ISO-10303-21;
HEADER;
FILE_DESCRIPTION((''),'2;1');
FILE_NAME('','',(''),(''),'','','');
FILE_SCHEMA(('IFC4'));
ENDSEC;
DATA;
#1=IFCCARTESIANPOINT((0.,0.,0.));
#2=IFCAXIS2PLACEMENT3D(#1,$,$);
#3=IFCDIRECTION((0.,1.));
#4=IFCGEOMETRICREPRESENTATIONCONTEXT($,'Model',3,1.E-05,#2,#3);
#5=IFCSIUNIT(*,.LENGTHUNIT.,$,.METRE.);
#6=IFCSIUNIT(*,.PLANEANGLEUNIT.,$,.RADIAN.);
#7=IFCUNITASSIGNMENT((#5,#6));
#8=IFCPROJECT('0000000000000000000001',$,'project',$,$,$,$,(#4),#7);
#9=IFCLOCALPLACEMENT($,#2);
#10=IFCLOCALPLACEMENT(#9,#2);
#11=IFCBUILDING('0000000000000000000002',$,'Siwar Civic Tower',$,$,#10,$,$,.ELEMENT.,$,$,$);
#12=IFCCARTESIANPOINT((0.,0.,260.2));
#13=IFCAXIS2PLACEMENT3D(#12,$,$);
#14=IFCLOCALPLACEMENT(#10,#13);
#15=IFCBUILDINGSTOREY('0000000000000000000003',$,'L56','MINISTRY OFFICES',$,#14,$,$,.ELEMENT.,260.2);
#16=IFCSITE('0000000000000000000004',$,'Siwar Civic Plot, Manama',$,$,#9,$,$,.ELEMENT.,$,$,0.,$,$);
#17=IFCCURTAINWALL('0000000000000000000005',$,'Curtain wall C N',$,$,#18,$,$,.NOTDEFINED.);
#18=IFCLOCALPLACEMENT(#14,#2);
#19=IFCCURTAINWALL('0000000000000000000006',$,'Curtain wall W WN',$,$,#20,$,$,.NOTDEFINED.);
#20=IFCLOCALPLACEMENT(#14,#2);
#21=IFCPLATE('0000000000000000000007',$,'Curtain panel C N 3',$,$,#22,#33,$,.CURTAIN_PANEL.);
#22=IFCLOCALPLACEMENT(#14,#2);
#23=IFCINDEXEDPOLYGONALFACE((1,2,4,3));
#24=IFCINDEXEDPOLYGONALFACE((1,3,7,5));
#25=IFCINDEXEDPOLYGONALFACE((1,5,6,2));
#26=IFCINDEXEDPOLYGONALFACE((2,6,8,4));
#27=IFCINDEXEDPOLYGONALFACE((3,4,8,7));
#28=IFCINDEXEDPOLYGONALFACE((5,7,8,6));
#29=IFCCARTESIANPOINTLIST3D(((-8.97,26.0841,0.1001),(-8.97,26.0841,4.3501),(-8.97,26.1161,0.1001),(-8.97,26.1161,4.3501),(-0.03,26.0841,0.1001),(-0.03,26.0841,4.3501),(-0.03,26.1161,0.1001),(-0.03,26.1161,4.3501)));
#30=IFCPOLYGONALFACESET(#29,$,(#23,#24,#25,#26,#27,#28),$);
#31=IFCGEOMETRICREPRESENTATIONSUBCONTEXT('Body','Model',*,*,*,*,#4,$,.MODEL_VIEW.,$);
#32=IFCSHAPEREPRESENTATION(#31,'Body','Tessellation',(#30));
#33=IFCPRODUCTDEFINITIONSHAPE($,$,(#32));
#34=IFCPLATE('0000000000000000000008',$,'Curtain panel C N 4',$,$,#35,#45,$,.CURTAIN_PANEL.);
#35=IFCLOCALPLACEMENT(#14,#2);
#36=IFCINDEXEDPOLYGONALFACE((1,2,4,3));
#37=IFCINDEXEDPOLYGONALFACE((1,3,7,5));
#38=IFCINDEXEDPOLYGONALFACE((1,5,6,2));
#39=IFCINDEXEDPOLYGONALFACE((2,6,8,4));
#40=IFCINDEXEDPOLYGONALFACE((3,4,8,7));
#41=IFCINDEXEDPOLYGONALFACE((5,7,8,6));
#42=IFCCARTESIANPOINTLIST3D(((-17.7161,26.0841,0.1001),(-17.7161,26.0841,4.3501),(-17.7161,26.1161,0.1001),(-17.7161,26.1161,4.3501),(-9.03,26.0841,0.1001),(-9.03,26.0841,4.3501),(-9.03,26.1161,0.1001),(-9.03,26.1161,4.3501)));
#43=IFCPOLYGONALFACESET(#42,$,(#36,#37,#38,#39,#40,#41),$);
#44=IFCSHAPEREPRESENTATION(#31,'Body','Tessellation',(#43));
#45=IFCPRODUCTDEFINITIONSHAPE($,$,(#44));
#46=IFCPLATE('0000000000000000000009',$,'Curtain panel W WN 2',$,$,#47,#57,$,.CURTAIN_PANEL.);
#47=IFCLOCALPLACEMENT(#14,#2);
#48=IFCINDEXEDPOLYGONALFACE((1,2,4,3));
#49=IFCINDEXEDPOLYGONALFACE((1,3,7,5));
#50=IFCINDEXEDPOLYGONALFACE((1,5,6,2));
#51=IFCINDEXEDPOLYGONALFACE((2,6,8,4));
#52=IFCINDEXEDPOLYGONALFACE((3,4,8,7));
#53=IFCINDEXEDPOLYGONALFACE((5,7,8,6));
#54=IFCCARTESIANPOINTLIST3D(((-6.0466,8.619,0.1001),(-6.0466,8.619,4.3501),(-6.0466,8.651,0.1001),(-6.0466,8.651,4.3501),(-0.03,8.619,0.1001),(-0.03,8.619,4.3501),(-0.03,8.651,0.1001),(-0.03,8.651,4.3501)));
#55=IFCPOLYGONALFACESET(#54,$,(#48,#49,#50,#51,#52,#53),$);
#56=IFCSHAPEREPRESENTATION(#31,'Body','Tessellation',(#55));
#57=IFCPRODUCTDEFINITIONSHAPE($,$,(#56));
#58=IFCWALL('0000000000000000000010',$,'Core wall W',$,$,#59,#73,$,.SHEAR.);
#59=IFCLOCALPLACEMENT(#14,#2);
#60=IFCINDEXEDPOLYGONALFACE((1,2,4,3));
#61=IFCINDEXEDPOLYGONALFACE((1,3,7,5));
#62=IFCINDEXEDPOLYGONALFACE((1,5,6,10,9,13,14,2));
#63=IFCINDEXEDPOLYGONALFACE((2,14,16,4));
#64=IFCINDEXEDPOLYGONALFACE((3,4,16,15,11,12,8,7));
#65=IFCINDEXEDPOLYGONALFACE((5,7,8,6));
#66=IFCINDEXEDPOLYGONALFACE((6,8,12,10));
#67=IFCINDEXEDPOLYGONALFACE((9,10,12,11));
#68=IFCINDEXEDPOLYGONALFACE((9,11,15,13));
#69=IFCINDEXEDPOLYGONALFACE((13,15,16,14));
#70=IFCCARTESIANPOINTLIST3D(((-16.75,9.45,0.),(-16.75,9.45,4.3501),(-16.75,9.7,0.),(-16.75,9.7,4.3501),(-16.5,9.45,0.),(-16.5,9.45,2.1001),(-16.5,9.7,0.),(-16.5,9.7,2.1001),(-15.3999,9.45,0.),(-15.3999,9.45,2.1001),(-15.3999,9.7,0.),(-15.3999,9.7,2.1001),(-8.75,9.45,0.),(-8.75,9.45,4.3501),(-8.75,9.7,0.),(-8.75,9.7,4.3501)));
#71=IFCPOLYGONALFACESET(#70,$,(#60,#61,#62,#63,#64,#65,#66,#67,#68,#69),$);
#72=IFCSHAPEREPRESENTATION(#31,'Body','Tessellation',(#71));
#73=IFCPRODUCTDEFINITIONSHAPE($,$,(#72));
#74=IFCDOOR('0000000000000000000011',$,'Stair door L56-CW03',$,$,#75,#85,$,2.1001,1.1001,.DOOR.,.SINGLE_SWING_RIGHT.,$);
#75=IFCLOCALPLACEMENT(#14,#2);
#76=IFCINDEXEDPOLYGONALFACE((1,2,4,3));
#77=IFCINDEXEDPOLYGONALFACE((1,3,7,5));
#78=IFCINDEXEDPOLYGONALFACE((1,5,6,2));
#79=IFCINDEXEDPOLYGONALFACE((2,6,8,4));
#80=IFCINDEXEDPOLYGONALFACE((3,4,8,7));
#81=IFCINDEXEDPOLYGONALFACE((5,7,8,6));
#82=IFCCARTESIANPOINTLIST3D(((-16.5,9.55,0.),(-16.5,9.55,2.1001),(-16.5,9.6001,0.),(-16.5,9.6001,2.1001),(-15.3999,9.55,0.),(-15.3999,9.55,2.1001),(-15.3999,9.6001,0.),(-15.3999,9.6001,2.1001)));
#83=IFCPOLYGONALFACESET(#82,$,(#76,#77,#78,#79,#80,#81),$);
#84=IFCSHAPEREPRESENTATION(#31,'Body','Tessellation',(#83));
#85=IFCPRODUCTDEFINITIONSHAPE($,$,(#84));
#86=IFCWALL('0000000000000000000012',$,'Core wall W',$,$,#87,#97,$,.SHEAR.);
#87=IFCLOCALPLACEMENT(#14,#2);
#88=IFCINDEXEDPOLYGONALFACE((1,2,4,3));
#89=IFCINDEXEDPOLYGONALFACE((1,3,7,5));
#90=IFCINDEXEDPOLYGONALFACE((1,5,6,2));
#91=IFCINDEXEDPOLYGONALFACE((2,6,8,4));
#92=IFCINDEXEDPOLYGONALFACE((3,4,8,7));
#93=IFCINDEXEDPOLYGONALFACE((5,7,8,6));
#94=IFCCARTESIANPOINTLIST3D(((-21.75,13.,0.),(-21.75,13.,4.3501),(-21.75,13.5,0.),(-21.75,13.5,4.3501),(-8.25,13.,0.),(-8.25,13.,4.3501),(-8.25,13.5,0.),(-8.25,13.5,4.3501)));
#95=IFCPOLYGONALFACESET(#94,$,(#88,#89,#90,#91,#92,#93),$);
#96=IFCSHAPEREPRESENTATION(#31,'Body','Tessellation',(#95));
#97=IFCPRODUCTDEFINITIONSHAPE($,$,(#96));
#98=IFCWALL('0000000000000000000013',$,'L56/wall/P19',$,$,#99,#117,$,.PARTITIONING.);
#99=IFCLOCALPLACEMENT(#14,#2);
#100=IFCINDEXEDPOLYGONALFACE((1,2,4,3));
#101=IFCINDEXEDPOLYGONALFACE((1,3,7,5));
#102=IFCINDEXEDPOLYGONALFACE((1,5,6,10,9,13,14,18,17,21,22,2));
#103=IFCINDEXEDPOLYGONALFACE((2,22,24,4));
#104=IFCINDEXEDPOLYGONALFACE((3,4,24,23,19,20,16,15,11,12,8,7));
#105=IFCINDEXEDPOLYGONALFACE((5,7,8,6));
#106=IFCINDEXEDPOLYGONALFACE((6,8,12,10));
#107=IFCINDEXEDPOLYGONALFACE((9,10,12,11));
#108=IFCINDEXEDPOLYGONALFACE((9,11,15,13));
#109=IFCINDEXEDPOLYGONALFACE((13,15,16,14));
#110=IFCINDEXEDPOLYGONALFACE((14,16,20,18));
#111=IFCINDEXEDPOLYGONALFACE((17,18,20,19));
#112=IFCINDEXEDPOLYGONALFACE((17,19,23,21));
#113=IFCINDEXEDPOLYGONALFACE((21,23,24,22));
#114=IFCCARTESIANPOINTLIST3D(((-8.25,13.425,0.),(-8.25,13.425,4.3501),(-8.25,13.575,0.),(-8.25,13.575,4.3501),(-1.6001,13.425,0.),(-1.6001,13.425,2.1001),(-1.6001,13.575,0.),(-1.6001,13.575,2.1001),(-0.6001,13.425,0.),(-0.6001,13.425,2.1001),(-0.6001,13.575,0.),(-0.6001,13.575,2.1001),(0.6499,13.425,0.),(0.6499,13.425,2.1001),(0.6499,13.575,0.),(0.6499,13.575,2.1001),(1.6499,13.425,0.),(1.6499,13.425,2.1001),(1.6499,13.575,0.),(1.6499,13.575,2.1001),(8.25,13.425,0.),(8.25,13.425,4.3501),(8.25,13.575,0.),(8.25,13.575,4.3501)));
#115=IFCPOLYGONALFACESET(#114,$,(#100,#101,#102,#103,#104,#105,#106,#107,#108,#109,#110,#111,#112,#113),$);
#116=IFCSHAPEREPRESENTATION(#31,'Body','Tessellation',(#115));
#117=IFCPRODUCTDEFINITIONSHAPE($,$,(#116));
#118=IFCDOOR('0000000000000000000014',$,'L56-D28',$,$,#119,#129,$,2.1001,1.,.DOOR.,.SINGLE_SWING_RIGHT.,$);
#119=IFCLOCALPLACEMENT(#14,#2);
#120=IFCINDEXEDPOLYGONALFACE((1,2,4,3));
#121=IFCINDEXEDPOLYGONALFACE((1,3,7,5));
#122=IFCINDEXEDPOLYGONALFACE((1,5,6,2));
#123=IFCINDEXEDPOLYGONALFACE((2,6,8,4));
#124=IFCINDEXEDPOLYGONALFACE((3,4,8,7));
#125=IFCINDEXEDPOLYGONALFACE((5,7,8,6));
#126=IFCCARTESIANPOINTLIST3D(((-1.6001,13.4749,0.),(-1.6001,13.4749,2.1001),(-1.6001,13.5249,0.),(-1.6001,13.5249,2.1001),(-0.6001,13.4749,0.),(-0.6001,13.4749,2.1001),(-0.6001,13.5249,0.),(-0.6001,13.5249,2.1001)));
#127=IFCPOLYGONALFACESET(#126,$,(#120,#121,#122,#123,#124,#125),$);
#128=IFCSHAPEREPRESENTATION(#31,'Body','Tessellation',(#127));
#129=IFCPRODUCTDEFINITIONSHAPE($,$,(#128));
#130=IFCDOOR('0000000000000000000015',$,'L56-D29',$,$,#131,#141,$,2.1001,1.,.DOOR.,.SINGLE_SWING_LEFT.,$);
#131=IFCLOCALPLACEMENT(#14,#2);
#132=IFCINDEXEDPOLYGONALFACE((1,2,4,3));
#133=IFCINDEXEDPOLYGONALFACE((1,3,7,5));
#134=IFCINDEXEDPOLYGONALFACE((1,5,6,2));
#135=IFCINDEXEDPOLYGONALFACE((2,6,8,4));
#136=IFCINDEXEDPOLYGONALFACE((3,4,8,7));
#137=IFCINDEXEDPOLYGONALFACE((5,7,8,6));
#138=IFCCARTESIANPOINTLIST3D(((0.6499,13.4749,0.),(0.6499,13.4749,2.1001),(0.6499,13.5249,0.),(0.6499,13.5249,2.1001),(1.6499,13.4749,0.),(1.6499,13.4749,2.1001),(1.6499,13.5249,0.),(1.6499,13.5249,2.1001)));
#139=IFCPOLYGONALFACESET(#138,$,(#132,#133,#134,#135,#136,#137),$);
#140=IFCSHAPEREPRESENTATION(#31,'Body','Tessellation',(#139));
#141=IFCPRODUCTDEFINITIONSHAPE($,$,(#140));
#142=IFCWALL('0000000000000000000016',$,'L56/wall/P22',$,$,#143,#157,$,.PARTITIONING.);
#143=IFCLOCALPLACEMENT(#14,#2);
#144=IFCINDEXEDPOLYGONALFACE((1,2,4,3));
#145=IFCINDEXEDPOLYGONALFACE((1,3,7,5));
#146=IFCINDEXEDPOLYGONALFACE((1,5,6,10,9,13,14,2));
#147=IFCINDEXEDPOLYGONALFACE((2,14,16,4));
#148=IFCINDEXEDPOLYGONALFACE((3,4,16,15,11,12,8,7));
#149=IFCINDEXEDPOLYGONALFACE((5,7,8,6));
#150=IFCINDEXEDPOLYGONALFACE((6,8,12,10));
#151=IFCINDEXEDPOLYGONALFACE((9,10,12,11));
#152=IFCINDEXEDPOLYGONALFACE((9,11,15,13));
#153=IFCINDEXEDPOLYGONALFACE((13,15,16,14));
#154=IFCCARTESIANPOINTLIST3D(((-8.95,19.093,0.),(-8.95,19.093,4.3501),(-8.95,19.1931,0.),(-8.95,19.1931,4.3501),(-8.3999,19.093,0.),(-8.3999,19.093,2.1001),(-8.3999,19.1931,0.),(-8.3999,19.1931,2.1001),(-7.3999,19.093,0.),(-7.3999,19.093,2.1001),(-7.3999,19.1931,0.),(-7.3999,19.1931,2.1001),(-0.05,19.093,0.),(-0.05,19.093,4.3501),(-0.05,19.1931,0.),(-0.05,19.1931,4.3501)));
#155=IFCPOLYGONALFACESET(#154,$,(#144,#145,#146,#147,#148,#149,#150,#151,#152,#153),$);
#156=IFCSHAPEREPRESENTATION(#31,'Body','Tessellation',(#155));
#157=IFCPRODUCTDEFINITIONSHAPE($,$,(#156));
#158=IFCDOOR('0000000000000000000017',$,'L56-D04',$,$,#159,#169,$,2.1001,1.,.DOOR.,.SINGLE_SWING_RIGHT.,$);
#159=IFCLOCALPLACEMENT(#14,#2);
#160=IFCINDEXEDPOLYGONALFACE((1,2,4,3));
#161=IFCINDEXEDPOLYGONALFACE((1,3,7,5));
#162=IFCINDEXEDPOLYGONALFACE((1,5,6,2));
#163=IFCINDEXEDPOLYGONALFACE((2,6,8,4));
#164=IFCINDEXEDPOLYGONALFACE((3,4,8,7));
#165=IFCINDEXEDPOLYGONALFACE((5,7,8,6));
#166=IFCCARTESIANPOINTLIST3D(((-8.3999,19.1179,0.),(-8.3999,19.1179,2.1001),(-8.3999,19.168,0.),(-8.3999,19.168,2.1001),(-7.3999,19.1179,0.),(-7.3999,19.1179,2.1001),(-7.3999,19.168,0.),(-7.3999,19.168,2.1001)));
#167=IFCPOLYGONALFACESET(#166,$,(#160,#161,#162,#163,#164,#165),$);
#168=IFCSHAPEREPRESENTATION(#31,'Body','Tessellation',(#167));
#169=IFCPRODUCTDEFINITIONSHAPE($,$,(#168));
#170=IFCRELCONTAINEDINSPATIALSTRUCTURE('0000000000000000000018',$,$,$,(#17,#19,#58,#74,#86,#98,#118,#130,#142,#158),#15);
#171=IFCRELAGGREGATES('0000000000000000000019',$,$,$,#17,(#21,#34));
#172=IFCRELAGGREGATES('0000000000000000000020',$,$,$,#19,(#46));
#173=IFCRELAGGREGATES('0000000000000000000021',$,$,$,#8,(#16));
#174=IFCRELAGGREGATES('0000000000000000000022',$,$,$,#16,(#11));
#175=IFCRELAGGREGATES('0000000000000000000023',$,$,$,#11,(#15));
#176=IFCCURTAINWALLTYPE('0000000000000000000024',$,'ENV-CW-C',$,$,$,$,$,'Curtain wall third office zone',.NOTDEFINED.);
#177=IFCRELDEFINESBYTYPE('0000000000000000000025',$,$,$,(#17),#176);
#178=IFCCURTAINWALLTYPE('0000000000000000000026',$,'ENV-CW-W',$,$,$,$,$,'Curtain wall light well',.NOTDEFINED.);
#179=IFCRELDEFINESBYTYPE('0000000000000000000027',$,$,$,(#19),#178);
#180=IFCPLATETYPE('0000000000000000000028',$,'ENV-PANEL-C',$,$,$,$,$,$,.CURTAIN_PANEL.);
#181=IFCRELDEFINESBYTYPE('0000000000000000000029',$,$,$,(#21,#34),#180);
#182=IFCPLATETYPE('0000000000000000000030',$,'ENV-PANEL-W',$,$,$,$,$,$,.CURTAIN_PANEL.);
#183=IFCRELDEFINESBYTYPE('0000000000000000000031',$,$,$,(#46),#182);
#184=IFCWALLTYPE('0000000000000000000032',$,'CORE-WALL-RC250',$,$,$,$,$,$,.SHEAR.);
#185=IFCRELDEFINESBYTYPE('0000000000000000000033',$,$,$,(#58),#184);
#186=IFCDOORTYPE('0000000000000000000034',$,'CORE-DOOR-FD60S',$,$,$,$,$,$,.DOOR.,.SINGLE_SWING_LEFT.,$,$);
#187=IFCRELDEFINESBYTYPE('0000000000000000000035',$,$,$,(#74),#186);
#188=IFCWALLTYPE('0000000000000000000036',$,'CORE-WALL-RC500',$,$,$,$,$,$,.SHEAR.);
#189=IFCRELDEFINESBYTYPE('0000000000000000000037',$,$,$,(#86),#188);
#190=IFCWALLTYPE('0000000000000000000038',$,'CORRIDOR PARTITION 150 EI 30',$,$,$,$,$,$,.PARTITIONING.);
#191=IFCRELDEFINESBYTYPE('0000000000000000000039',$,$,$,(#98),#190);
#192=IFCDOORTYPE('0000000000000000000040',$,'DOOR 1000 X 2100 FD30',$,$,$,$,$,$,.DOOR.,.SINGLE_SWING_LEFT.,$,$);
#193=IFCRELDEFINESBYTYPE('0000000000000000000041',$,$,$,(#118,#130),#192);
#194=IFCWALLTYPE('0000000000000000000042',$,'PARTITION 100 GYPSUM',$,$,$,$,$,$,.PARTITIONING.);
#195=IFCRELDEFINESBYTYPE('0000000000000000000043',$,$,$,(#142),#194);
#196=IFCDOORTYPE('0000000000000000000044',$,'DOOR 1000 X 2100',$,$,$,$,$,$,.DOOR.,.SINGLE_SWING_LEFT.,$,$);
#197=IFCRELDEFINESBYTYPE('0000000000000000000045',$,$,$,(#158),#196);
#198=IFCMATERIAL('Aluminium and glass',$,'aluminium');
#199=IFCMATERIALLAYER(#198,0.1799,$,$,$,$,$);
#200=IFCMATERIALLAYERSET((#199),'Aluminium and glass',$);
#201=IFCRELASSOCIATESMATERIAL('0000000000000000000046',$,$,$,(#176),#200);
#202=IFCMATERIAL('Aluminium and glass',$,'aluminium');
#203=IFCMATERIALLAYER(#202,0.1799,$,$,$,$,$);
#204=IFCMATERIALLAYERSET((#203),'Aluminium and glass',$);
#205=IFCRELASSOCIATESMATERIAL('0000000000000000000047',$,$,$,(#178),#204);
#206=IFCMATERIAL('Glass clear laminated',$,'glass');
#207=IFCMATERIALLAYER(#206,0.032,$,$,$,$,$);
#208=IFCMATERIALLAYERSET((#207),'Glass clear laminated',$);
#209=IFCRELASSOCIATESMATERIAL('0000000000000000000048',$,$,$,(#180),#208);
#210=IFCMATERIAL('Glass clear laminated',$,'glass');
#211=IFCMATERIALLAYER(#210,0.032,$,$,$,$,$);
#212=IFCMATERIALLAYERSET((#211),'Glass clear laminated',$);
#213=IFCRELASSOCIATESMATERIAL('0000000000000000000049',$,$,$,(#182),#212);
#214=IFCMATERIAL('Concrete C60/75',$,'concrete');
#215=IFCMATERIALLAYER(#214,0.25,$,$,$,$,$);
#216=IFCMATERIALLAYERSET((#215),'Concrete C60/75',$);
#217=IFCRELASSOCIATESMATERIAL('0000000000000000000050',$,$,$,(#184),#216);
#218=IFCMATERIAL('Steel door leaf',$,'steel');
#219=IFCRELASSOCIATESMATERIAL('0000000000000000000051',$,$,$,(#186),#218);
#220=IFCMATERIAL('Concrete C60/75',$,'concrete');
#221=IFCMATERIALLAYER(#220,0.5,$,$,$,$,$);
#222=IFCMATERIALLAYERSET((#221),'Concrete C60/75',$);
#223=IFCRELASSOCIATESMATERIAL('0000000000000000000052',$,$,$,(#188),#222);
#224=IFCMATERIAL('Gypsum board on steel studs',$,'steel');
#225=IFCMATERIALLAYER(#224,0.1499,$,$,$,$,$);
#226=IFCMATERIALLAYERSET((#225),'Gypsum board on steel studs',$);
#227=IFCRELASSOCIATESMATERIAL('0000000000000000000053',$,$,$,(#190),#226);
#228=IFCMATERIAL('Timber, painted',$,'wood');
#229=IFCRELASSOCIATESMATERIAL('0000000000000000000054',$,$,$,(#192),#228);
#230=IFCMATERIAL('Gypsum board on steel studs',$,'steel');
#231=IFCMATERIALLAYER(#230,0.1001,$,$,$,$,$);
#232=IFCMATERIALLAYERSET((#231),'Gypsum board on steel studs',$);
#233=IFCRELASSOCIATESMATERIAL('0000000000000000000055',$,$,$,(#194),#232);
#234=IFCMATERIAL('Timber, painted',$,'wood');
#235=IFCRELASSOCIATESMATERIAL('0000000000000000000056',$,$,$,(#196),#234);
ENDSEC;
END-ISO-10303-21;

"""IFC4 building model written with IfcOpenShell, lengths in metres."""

from ifc_helpers import new_model, si_unit, direction, frame, frame_2d, origin, origin_2d, place, context, subcontext, project, spatial, rectangle, extrude, material, layer, layer_set, type_object, element, fill, aggregate, save


model = new_model("IFC4")

# Units and contexts
model_context = context("Model", 3, precision=1e-05, world=origin(), true_north=direction((0.0, 1.0)))
body_context = subcontext(model_context, "Body", "Model", "MODEL_VIEW")
ifc_project = project(units=[si_unit("LENGTHUNIT", "METRE"), si_unit("PLANEANGLEUNIT", "RADIAN")], contexts=[model_context])

# Site, building, storey
site_placement = place(None, origin())
site = spatial("IfcSite", under=ifc_project, at=site_placement, Name="Siwar Civic Plot, Manama", CompositionType="ELEMENT", RefElevation=0.0)
building_placement = place(site_placement, origin())
building = spatial("IfcBuilding", under=site, at=building_placement, Name="Siwar Civic Tower", CompositionType="ELEMENT")
storey_placement = place(building_placement, frame((0.0, 0.0, 260.2)))
storey = spatial("IfcBuildingStorey", under=building, at=storey_placement, Name="L56", Description="MINISTRY OFFICES", CompositionType="ELEMENT", Elevation=260.2)

# Curtain wall
ifc_material_1 = material(Name="Aluminium and glass", Category="aluminium")
ifc_layer_1 = layer(ifc_material_1, 0.1799)
ifc_layer_set_1 = layer_set([ifc_layer_1], Name="Aluminium and glass")
curtain_wall_type_1 = type_object("IfcCurtainWallType", Name="ENV-CW-C", ElementType="Curtain wall third office zone", PredefinedType="NOTDEFINED", material=ifc_layer_set_1)
curtain_wall_1_placement = place(storey_placement, origin())
curtain_wall_1 = element("IfcCurtainWall", 1, at=curtain_wall_1_placement, inside=storey, type_object=curtain_wall_type_1, Name="Curtain wall C N", PredefinedType="NOTDEFINED")

# Curtain wall
ifc_material_2 = material(Name="Aluminium and glass", Category="aluminium")
ifc_layer_2 = layer(ifc_material_2, 0.1799)
ifc_layer_set_2 = layer_set([ifc_layer_2], Name="Aluminium and glass")
curtain_wall_type_2 = type_object("IfcCurtainWallType", Name="ENV-CW-W", ElementType="Curtain wall light well", PredefinedType="NOTDEFINED", material=ifc_layer_set_2)
curtain_wall_2_placement = place(storey_placement, origin())
curtain_wall_2 = element("IfcCurtainWall", 2, at=curtain_wall_2_placement, inside=storey, type_object=curtain_wall_type_2, Name="Curtain wall W WN", PredefinedType="NOTDEFINED")

# Plates
ifc_material_3 = material(Name="Glass clear laminated", Category="glass")
ifc_layer_3 = layer(ifc_material_3, 0.032)
ifc_layer_set_3 = layer_set([ifc_layer_3], Name="Glass clear laminated")
plate_type_1 = type_object("IfcPlateType", Name="ENV-PANEL-C", PredefinedType="CURTAIN_PANEL", material=ifc_layer_set_3)
plate_1_placement = place(storey_placement, frame((-4.5, 26.1001, 0.1001), z_axis=(0.0, 0.0, 1.0), x_axis=(-1.0, 0.0, 0.0)))
plate_1 = element("IfcPlate", 3, at=plate_1_placement, type_object=plate_type_1, Name="Curtain panel C N 3", PredefinedType="CURTAIN_PANEL", context=body_context, shape_type="SweptSolid", body=[
    extrude(rectangle(XDim=8.9399, YDim=0.032, at=origin_2d()), origin(), (0.0, 0.0, 1.0), 4.25),
])
plate_2_placement = place(storey_placement, frame((-13.373, 26.1001, 0.1001), z_axis=(0.0, 0.0, 1.0), x_axis=(-1.0, 0.0, 0.0)))
plate_2 = element("IfcPlate", 4, at=plate_2_placement, type_object=plate_type_1, Name="Curtain panel C N 4", PredefinedType="CURTAIN_PANEL", context=body_context, shape_type="SweptSolid", body=[
    extrude(rectangle(XDim=8.686, YDim=0.032, at=origin_2d()), origin(), (0.0, 0.0, 1.0), 4.25),
])
aggregate(curtain_wall_1, [plate_1, plate_2])
ifc_material_4 = material(Name="Glass clear laminated", Category="glass")
ifc_layer_4 = layer(ifc_material_4, 0.032)
ifc_layer_set_4 = layer_set([ifc_layer_4], Name="Glass clear laminated")
plate_type_2 = type_object("IfcPlateType", Name="ENV-PANEL-W", PredefinedType="CURTAIN_PANEL", material=ifc_layer_set_4)
plate_3_placement = place(storey_placement, frame((-3.0383, 8.635, 0.1001), z_axis=(0.0, 0.0, 1.0), x_axis=(-1.0, 0.0, 0.0)))
plate_3 = element("IfcPlate", 5, at=plate_3_placement, type_object=plate_type_2, Name="Curtain panel W WN 2", PredefinedType="CURTAIN_PANEL", context=body_context, shape_type="SweptSolid", body=[
    extrude(rectangle(XDim=6.0166, YDim=0.032, at=origin_2d()), origin(), (0.0, 0.0, 1.0), 4.25),
])
aggregate(curtain_wall_2, [plate_3])

# Wall, opening, door
ifc_material_5 = material(Name="Concrete C60/75", Category="concrete")
ifc_layer_5 = layer(ifc_material_5, 0.25)
ifc_layer_set_5 = layer_set([ifc_layer_5], Name="Concrete C60/75")
wall_type_1 = type_object("IfcWallType", Name="CORE-WALL-RC250", PredefinedType="SHEAR", material=ifc_layer_set_5)
wall_1_placement = place(storey_placement, frame((-8.75, 9.575, 0.0), z_axis=(0.0, 0.0, 1.0), x_axis=(-1.0, 0.0, 0.0)))
wall_1 = element("IfcWall", 6, at=wall_1_placement, inside=storey, type_object=wall_type_1, Name="Core wall W", PredefinedType="SHEAR", context=body_context, shape_type="SweptSolid", body=[
    extrude(rectangle(XDim=8.0, YDim=0.25, at=frame_2d((4.0, 0.0))), origin(), (0.0, 0.0, 1.0), 4.3501),
])
opening_1_placement = place(wall_1_placement, frame((6.6499, 0.0, 0.0)))
opening_1 = element("IfcOpeningElement", 7, at=opening_1_placement, cuts=wall_1, PredefinedType="OPENING", context=body_context, shape_type="SweptSolid", body=[
    extrude(rectangle(XDim=1.1001, YDim=2.1001, at=frame_2d((0.55, 1.05))), frame((0.0, 0.135, 0.0), z_axis=(0.0, -1.0, 0.0), x_axis=(1.0, 0.0, 0.0)), (0.0, 0.0, 1.0), 0.27),
])
ifc_material_6 = material(Name="Steel door leaf", Category="steel")
door_type_1 = type_object("IfcDoorType", Name="CORE-DOOR-FD60S", OperationType="SINGLE_SWING_LEFT", PredefinedType="DOOR", material=ifc_material_6)
door_1_placement = place(opening_1_placement, origin())
door_1 = element("IfcDoor", 8, at=door_1_placement, inside=storey, type_object=door_type_1, Name="Stair door L56-CW03", OperationType="SINGLE_SWING_RIGHT", OverallHeight=2.1001, OverallWidth=1.1001, PredefinedType="DOOR", context=body_context, shape_type="SweptSolid", body=[
    extrude(rectangle(XDim=1.1001, YDim=2.1001, at=frame_2d((0.55, 1.05))), frame((0.0, 0.0249, 0.0), z_axis=(0.0, -1.0, 0.0), x_axis=(1.0, 0.0, 0.0)), (0.0, 0.0, 1.0), 0.05),
])
fill(opening_1, door_1)

# Wall
ifc_material_7 = material(Name="Concrete C60/75", Category="concrete")
ifc_layer_6 = layer(ifc_material_7, 0.5)
ifc_layer_set_6 = layer_set([ifc_layer_6], Name="Concrete C60/75")
wall_type_2 = type_object("IfcWallType", Name="CORE-WALL-RC500", PredefinedType="SHEAR", material=ifc_layer_set_6)
wall_2_placement = place(storey_placement, frame((-8.25, 13.25, 0.0), z_axis=(0.0, 0.0, 1.0), x_axis=(-1.0, 0.0, 0.0)))
element("IfcWall", 9, at=wall_2_placement, inside=storey, type_object=wall_type_2, Name="Core wall W", PredefinedType="SHEAR", context=body_context, shape_type="SweptSolid", body=[
    extrude(rectangle(XDim=13.5, YDim=0.5, at=frame_2d((6.75, 0.0))), origin(), (0.0, 0.0, 1.0), 4.3501),
])

# Wall, openings, doors
ifc_material_8 = material(Name="Gypsum board on steel studs", Category="steel")
ifc_layer_7 = layer(ifc_material_8, 0.1499)
ifc_layer_set_7 = layer_set([ifc_layer_7], Name="Gypsum board on steel studs")
wall_type_3 = type_object("IfcWallType", Name="CORRIDOR PARTITION 150 EI 30", PredefinedType="PARTITIONING", material=ifc_layer_set_7)
wall_3_placement = place(storey_placement, frame((-8.25, 13.5, 0.0), z_axis=(0.0, 0.0, 1.0), x_axis=(1.0, 0.0, 0.0)))
wall_3 = element("IfcWall", 10, at=wall_3_placement, inside=storey, type_object=wall_type_3, Name="L56/wall/P19", PredefinedType="PARTITIONING", context=body_context, shape_type="SweptSolid", body=[
    extrude(rectangle(XDim=16.5, YDim=0.1499, at=frame_2d((8.25, 0.0))), origin(), (0.0, 0.0, 1.0), 4.3501),
])
opening_2_placement = place(wall_3_placement, frame((6.6499, 0.0, 0.0)))
opening_2 = element("IfcOpeningElement", 11, at=opening_2_placement, cuts=wall_3, PredefinedType="OPENING", context=body_context, shape_type="SweptSolid", body=[
    extrude(rectangle(XDim=1.0, YDim=2.1001, at=frame_2d((0.5, 1.05))), frame((0.0, 0.085, 0.0), z_axis=(0.0, -1.0, 0.0), x_axis=(1.0, 0.0, 0.0)), (0.0, 0.0, 1.0), 0.1699),
])
opening_3_placement = place(wall_3_placement, frame((8.8999, 0.0, 0.0)))
opening_3 = element("IfcOpeningElement", 12, at=opening_3_placement, cuts=wall_3, PredefinedType="OPENING", context=body_context, shape_type="SweptSolid", body=[
    extrude(rectangle(XDim=1.0, YDim=2.1001, at=frame_2d((0.5, 1.05))), frame((0.0, 0.085, 0.0), z_axis=(0.0, -1.0, 0.0), x_axis=(1.0, 0.0, 0.0)), (0.0, 0.0, 1.0), 0.1699),
])
ifc_material_9 = material(Name="Timber, painted", Category="wood")
door_type_2 = type_object("IfcDoorType", Name="DOOR 1000 X 2100 FD30", OperationType="SINGLE_SWING_LEFT", PredefinedType="DOOR", material=ifc_material_9)
door_2_placement = place(opening_2_placement, origin())
door_2 = element("IfcDoor", 13, at=door_2_placement, inside=storey, type_object=door_type_2, Name="L56-D28", OperationType="SINGLE_SWING_RIGHT", OverallHeight=2.1001, OverallWidth=1.0, PredefinedType="DOOR", context=body_context, shape_type="SweptSolid", body=[
    extrude(rectangle(XDim=1.0, YDim=2.1001, at=frame_2d((0.5, 1.05))), frame((0.0, 0.0249, 0.0), z_axis=(0.0, -1.0, 0.0), x_axis=(1.0, 0.0, 0.0)), (0.0, 0.0, 1.0), 0.05),
])
fill(opening_2, door_2)
door_3_placement = place(opening_3_placement, origin())
door_3 = element("IfcDoor", 14, at=door_3_placement, inside=storey, type_object=door_type_2, Name="L56-D29", OperationType="SINGLE_SWING_LEFT", OverallHeight=2.1001, OverallWidth=1.0, PredefinedType="DOOR", context=body_context, shape_type="SweptSolid", body=[
    extrude(rectangle(XDim=1.0, YDim=2.1001, at=frame_2d((0.5, 1.05))), frame((0.0, 0.0249, 0.0), z_axis=(0.0, -1.0, 0.0), x_axis=(1.0, 0.0, 0.0)), (0.0, 0.0, 1.0), 0.05),
])
fill(opening_3, door_3)

# Wall, opening, door
ifc_material_10 = material(Name="Gypsum board on steel studs", Category="steel")
ifc_layer_8 = layer(ifc_material_10, 0.1001)
ifc_layer_set_8 = layer_set([ifc_layer_8], Name="Gypsum board on steel studs")
wall_type_4 = type_object("IfcWallType", Name="PARTITION 100 GYPSUM", PredefinedType="PARTITIONING", material=ifc_layer_set_8)
wall_4_placement = place(storey_placement, frame((-8.95, 19.1431, 0.0), z_axis=(0.0, 0.0, 1.0), x_axis=(1.0, 0.0, 0.0)))
wall_4 = element("IfcWall", 15, at=wall_4_placement, inside=storey, type_object=wall_type_4, Name="L56/wall/P22", PredefinedType="PARTITIONING", context=body_context, shape_type="SweptSolid", body=[
    extrude(rectangle(XDim=8.8999, YDim=0.1001, at=frame_2d((4.45, 0.0))), origin(), (0.0, 0.0, 1.0), 4.3501),
])
opening_4_placement = place(wall_4_placement, frame((0.55, 0.0, 0.0)))
opening_4 = element("IfcOpeningElement", 16, at=opening_4_placement, cuts=wall_4, PredefinedType="OPENING", context=body_context, shape_type="SweptSolid", body=[
    extrude(rectangle(XDim=1.0, YDim=2.1001, at=frame_2d((0.5, 1.05))), frame((0.0, 0.0601, 0.0), z_axis=(0.0, -1.0, 0.0), x_axis=(1.0, 0.0, 0.0)), (0.0, 0.0, 1.0), 0.1201),
])
ifc_material_11 = material(Name="Timber, painted", Category="wood")
door_type_3 = type_object("IfcDoorType", Name="DOOR 1000 X 2100", OperationType="SINGLE_SWING_LEFT", PredefinedType="DOOR", material=ifc_material_11)
door_4_placement = place(opening_4_placement, origin())
door_4 = element("IfcDoor", 17, at=door_4_placement, inside=storey, type_object=door_type_3, Name="L56-D04", OperationType="SINGLE_SWING_RIGHT", OverallHeight=2.1001, OverallWidth=1.0, PredefinedType="DOOR", context=body_context, shape_type="SweptSolid", body=[
    extrude(rectangle(XDim=1.0, YDim=2.1001, at=frame_2d((0.5, 1.05))), frame((0.0, 0.0249, 0.0), z_axis=(0.0, -1.0, 0.0), x_axis=(1.0, 0.0, 0.0)), (0.0, 0.0, 1.0), 0.05),
])
fill(opening_4, door_4)

save(model, "model.ifc")
